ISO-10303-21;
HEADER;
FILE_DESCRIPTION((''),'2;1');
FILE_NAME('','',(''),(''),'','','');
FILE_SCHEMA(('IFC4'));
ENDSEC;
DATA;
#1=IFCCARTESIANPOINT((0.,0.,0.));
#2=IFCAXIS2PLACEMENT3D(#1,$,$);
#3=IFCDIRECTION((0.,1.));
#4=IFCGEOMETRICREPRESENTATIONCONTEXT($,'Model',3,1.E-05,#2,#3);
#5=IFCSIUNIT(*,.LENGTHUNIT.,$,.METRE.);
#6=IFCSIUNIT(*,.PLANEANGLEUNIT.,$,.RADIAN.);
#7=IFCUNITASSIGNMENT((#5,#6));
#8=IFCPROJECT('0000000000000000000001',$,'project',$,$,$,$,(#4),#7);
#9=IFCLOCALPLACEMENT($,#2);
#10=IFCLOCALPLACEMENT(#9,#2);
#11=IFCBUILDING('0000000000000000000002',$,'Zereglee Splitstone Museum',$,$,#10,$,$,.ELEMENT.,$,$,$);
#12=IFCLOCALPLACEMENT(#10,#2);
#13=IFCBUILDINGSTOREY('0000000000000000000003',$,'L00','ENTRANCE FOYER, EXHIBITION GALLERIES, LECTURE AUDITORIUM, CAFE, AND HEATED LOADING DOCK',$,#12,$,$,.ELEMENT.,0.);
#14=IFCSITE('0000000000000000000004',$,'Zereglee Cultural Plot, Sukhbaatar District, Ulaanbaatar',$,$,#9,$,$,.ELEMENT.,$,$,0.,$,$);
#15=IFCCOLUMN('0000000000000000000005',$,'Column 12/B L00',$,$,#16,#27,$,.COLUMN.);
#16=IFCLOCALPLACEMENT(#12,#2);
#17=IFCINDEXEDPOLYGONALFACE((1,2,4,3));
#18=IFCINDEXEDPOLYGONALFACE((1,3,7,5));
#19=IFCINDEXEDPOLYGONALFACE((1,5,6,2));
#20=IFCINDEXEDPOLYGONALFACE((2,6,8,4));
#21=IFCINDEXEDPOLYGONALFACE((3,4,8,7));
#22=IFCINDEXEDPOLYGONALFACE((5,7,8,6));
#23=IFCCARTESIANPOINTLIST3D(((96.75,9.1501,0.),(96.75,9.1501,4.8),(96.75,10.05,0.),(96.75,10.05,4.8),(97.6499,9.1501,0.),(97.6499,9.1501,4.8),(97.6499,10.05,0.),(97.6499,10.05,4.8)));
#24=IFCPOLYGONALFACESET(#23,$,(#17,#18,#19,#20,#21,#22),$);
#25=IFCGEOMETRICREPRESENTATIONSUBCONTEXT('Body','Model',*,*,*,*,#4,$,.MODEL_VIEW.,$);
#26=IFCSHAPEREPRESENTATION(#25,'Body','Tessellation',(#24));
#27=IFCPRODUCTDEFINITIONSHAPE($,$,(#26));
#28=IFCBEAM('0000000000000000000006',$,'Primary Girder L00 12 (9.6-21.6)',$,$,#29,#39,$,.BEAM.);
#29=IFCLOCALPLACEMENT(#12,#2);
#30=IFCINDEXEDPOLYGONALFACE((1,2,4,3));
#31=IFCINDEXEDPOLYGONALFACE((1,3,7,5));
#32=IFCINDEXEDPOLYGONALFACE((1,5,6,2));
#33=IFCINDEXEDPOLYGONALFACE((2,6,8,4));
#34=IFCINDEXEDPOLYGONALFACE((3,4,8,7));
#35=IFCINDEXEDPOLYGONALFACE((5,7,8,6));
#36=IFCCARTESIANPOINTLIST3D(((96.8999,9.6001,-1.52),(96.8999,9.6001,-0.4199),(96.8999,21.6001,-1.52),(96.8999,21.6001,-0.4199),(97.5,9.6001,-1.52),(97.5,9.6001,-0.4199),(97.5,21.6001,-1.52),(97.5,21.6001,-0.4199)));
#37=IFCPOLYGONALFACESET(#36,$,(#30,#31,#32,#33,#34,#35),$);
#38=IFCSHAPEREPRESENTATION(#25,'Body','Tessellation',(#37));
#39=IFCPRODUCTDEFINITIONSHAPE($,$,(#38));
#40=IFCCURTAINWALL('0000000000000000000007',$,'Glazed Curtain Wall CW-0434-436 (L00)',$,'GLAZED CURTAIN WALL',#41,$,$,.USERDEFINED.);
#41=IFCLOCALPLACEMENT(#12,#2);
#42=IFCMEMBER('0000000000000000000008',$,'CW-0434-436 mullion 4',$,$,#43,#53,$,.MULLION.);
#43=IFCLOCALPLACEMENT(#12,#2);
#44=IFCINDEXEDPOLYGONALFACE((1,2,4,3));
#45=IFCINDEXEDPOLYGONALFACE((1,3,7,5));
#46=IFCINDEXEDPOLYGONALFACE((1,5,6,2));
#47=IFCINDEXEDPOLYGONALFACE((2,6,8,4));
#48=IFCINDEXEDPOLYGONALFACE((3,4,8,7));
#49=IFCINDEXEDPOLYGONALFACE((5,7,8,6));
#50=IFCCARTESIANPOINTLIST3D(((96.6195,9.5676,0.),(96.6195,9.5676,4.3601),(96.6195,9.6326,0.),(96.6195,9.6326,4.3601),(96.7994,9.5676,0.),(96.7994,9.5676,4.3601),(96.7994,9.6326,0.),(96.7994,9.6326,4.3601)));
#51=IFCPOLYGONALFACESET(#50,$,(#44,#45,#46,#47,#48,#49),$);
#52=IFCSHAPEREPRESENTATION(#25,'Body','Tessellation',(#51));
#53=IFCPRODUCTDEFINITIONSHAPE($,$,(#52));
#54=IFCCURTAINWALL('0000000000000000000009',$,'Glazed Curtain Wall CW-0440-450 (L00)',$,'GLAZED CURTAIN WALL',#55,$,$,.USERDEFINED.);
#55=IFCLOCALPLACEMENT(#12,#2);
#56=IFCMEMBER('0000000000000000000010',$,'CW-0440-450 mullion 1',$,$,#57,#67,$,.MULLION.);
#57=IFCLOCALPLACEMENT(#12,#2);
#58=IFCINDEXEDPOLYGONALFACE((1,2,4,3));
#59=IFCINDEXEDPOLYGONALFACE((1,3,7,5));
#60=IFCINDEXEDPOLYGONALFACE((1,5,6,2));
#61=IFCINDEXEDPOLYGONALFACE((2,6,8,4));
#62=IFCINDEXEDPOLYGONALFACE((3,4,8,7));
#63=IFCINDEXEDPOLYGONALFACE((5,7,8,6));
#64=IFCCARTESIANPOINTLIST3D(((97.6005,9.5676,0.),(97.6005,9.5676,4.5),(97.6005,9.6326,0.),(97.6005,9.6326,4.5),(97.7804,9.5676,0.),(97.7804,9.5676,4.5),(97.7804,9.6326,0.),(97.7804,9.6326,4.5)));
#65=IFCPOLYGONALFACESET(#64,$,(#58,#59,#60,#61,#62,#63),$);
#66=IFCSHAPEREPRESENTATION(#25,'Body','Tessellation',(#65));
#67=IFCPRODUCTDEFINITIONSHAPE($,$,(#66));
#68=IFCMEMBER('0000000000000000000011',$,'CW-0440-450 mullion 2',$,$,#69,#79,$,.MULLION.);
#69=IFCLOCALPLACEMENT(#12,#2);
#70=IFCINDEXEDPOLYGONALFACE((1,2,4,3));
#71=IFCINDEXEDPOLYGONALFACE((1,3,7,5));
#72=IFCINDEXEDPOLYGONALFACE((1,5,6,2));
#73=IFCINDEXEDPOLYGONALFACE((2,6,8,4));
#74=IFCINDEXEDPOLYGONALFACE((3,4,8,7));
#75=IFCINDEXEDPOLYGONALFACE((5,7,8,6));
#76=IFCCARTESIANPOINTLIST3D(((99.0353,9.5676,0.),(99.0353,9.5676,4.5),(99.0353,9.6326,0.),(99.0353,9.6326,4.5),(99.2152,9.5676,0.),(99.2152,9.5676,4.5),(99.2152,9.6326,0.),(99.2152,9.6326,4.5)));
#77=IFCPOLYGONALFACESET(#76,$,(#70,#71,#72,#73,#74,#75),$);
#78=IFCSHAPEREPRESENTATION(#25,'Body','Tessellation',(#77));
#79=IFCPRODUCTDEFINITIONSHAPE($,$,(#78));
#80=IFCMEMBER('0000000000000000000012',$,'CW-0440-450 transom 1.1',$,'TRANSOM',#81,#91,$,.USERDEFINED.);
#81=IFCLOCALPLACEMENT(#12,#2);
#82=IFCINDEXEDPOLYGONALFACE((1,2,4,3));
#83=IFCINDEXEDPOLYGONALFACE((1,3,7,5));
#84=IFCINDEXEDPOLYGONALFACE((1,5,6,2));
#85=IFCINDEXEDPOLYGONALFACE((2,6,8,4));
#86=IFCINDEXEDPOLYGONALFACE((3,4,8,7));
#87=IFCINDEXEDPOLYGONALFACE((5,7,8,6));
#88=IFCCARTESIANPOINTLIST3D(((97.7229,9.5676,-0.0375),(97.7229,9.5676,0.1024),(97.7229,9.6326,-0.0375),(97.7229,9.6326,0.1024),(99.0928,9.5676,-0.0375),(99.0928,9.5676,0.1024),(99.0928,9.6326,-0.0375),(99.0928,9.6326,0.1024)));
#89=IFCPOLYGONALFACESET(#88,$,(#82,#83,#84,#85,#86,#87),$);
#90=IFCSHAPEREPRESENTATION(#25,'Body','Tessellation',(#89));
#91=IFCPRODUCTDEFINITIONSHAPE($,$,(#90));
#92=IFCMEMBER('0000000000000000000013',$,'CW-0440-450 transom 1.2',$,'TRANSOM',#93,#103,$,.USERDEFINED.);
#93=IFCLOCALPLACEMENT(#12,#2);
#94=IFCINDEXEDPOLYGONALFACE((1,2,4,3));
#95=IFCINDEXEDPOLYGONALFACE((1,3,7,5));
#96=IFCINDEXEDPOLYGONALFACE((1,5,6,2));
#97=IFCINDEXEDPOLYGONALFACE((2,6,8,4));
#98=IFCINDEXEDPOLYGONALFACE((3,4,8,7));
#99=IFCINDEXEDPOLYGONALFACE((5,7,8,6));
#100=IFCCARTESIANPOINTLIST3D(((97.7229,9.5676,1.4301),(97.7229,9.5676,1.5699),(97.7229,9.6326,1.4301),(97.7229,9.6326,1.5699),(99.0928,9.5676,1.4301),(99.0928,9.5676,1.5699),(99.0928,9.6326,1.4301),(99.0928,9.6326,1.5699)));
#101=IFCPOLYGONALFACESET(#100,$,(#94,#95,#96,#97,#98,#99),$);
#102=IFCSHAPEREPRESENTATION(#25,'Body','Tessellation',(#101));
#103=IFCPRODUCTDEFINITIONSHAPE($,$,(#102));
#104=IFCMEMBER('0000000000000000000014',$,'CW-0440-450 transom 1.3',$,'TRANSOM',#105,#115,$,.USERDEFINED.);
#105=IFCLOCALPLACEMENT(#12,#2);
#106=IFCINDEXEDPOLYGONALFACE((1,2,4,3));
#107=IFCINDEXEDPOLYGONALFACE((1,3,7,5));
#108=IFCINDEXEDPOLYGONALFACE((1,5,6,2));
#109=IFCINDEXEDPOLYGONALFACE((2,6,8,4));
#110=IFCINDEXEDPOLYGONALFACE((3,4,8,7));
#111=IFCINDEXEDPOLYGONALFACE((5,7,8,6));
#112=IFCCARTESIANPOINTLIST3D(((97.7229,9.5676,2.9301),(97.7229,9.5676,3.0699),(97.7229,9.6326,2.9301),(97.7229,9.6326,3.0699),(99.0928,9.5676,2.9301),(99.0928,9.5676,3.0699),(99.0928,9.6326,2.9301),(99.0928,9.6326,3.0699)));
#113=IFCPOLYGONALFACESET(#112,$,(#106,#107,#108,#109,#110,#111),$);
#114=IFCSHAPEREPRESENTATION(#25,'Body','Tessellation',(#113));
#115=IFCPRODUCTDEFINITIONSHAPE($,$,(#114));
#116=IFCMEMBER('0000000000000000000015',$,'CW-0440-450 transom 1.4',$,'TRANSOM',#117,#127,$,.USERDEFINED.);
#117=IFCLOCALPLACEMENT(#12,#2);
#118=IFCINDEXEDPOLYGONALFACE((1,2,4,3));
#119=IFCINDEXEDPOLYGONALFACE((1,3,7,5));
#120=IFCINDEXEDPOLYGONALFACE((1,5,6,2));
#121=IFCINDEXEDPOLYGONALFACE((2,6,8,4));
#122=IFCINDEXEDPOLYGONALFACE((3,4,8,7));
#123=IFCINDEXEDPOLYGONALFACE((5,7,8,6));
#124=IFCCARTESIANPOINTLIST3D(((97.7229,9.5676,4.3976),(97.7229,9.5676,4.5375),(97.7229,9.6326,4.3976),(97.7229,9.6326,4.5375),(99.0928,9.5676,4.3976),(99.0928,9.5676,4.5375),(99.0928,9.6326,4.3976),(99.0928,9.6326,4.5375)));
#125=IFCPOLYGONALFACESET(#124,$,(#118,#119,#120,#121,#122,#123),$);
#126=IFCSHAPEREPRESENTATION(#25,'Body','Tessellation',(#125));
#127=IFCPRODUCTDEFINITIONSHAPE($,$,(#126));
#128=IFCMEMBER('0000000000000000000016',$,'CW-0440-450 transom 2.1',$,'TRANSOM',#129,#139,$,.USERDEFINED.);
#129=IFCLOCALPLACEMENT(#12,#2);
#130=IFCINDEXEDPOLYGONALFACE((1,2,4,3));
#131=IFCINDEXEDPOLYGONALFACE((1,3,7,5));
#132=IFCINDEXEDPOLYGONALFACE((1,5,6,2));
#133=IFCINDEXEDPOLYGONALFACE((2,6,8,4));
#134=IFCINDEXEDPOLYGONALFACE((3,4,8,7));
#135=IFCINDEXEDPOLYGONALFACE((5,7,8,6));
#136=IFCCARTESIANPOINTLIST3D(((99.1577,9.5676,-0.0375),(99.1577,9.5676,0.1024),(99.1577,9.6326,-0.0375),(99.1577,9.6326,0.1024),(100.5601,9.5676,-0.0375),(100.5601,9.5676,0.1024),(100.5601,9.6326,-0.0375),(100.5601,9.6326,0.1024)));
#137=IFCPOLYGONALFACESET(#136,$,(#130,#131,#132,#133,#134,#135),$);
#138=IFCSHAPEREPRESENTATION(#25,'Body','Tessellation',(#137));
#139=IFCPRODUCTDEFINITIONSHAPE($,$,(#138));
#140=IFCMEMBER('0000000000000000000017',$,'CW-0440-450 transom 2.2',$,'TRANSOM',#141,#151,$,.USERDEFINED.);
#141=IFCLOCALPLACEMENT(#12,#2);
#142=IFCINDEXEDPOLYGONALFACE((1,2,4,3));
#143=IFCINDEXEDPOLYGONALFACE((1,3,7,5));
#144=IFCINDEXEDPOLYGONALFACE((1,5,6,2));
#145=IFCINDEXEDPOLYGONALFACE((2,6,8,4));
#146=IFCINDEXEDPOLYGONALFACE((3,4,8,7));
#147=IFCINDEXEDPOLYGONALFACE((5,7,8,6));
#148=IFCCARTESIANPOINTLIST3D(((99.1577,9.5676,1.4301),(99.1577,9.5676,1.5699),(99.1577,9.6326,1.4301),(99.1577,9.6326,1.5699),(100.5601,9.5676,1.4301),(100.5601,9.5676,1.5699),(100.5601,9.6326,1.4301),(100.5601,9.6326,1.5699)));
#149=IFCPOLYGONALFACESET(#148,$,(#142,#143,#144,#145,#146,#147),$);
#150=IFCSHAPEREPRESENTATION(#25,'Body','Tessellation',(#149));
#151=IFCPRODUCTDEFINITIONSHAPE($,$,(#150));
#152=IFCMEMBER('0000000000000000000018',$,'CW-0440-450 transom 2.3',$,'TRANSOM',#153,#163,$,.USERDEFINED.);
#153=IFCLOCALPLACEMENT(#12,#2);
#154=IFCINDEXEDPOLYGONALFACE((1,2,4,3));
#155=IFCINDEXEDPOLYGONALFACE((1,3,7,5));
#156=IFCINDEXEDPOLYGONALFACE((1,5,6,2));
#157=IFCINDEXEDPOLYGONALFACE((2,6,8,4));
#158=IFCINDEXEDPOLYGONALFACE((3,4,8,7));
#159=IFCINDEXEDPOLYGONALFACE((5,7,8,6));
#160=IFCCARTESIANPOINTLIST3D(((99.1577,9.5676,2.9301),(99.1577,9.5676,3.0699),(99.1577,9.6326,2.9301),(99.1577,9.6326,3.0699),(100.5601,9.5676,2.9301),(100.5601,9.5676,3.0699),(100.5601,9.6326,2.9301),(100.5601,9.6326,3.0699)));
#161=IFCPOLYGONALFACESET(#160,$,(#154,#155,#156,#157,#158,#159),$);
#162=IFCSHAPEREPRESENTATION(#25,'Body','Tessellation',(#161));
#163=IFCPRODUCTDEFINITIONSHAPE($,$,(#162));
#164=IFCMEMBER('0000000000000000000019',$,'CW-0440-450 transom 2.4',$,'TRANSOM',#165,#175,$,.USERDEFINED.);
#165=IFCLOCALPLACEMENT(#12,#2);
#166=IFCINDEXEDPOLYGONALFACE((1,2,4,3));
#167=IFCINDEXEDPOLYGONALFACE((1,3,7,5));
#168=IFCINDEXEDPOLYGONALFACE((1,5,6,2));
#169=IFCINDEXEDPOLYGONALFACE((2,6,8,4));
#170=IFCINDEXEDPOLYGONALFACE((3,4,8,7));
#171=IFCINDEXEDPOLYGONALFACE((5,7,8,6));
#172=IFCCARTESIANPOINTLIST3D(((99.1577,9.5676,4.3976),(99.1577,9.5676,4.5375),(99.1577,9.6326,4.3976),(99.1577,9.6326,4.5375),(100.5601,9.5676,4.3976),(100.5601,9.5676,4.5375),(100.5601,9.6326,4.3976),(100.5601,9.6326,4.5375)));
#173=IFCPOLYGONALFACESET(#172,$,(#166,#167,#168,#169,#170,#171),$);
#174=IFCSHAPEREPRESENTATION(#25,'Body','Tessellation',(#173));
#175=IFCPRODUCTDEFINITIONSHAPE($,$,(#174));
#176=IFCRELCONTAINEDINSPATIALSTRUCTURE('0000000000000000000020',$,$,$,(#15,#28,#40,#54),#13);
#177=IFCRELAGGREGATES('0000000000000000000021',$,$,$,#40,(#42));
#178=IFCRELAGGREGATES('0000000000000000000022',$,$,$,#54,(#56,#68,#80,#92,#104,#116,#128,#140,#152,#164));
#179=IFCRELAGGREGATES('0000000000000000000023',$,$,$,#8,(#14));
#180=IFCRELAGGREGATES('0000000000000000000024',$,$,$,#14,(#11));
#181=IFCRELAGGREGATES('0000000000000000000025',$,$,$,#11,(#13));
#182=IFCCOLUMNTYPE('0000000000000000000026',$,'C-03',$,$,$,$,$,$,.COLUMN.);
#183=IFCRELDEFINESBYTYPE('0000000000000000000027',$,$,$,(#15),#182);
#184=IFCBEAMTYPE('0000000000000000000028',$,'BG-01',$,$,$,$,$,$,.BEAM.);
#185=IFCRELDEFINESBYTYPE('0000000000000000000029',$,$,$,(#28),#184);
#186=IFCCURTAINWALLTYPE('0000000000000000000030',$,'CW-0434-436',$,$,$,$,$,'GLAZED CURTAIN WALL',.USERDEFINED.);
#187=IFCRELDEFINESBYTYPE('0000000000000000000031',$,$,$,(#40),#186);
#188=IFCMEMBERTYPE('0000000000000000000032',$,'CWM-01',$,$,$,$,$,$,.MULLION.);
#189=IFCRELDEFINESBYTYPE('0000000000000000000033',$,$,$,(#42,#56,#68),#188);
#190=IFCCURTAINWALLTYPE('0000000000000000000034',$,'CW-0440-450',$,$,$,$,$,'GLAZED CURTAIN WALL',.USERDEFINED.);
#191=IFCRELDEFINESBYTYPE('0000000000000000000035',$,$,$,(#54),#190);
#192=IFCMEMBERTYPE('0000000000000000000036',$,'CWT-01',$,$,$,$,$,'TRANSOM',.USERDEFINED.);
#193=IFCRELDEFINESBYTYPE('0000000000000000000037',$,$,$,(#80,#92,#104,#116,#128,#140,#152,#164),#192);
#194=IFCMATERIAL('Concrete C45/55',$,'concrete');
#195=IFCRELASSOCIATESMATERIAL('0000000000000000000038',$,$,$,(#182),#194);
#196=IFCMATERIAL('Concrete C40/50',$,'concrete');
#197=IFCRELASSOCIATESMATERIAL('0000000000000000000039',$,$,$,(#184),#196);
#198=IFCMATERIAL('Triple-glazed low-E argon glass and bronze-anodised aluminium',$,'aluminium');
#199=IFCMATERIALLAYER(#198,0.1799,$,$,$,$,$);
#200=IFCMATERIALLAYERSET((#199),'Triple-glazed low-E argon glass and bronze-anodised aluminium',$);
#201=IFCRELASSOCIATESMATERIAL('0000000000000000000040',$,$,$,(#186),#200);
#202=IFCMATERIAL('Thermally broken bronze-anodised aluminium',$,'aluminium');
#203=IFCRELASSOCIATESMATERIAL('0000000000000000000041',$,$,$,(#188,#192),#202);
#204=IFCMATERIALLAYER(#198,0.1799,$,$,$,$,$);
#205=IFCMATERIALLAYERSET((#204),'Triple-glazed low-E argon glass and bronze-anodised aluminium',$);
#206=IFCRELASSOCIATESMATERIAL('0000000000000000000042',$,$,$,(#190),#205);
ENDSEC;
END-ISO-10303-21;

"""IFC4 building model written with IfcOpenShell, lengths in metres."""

from ifc_helpers import new_model, si_unit, direction, frame, origin, origin_2d, place, context, subcontext, project, spatial, rectangle, extrude, material, layer, layer_set, material_profile, profile_set, type_object, element, aggregate, save


model = new_model("IFC4")

# Units and contexts
model_context = context("Model", 3, precision=1e-05, world=origin(), true_north=direction((0.0, 1.0)))
body_context = subcontext(model_context, "Body", "Model", "MODEL_VIEW")
ifc_project = project(units=[si_unit("LENGTHUNIT", "METRE"), si_unit("PLANEANGLEUNIT", "RADIAN")], contexts=[model_context])

# Site, building, storey
site_placement = place(None, origin())
site = spatial("IfcSite", under=ifc_project, at=site_placement, Name="Zereglee Cultural Plot, Sukhbaatar District, Ulaanbaatar", CompositionType="ELEMENT", RefElevation=0.0)
building_placement = place(site_placement, origin())
building = spatial("IfcBuilding", under=site, at=building_placement, Name="Zereglee Splitstone Museum", CompositionType="ELEMENT")
storey_placement = place(building_placement, origin())
storey = spatial("IfcBuildingStorey", under=building, at=storey_placement, Name="L00", Description="ENTRANCE FOYER, EXHIBITION GALLERIES, LECTURE AUDITORIUM, CAFE, AND HEATED LOADING DOCK", CompositionType="ELEMENT", Elevation=0.0)

# Column
ifc_material_1 = material(Name="Concrete C45/55", Category="concrete")
ifc_material_profile_1 = material_profile(ifc_material_1, rectangle(XDim=0.8999, YDim=0.8999, at=origin_2d()), Name="RC 900x900")
ifc_profile_set_1 = profile_set([ifc_material_profile_1], Name="Concrete C45/55")
column_type = type_object("IfcColumnType", Name="C-03", PredefinedType="COLUMN", material=ifc_profile_set_1)
column_placement = place(storey_placement, frame((97.2, 9.6001, 0.0), z_axis=(0.0, 0.0, 1.0), x_axis=(1.0, 0.0, 0.0)))
element("IfcColumn", 1, at=column_placement, inside=storey, type_object=column_type, Name="Column 12/B L00", PredefinedType="COLUMN", context=body_context, shape_type="SweptSolid", body=[
    extrude(rectangle(XDim=0.8999, YDim=0.8999, at=origin_2d()), origin(), (0.0, 0.0, 1.0), 4.8),
])

# Beam
ifc_material_2 = material(Name="Concrete C40/50", Category="concrete")
ifc_material_profile_2 = material_profile(ifc_material_2, rectangle(XDim=0.6001, YDim=1.1001, at=origin_2d()), Name="RC 600x1100")
ifc_profile_set_2 = profile_set([ifc_material_profile_2], Name="Concrete C40/50")
beam_type_1 = type_object("IfcBeamType", Name="BG-01", PredefinedType="BEAM", material=ifc_profile_set_2)
beam_1_placement = place(storey_placement, frame((97.2, 9.6001, -0.97), z_axis=(0.0, 1.0, 0.0), x_axis=(-1.0, 0.0, 0.0)))
element("IfcBeam", 2, at=beam_1_placement, inside=storey, type_object=beam_type_1, Name="Primary Girder L00 12 (9.6-21.6)", PredefinedType="BEAM", context=body_context, shape_type="SweptSolid", body=[
    extrude(rectangle(XDim=0.6001, YDim=1.1001, at=origin_2d()), origin(), (0.0, 0.0, 1.0), 12.0),
])

# Curtain wall, member
ifc_material_3 = material(Name="Triple-glazed low-E argon glass and bronze-anodised aluminium", Category="aluminium")
ifc_layer_1 = layer(ifc_material_3, 0.1799)
ifc_layer_set_1 = layer_set([ifc_layer_1], Name="Triple-glazed low-E argon glass and bronze-anodised aluminium")
curtain_wall_type_1 = type_object("IfcCurtainWallType", Name="CW-0434-436", ElementType="GLAZED CURTAIN WALL", PredefinedType="USERDEFINED", material=ifc_layer_set_1)
curtain_wall_1_placement = place(storey_placement, origin())
curtain_wall_1 = element("IfcCurtainWall", 3, at=curtain_wall_1_placement, inside=storey, type_object=curtain_wall_type_1, Name="Glazed Curtain Wall CW-0434-436 (L00)", ObjectType="GLAZED CURTAIN WALL", PredefinedType="USERDEFINED")
ifc_material_4 = material(Name="Thermally broken bronze-anodised aluminium", Category="aluminium")
ifc_material_profile_3 = material_profile(ifc_material_4, rectangle(XDim=0.0649, YDim=0.1799, at=origin_2d()), Name="CW MULL 65x180")
ifc_profile_set_3 = profile_set([ifc_material_profile_3], Name="Thermally broken bronze-anodised aluminium")
member_type_1 = type_object("IfcMemberType", Name="CWM-01", PredefinedType="MULLION", material=ifc_profile_set_3)
member_1_placement = place(storey_placement, frame((96.7095, 9.6001, 0.0), z_axis=(0.0, 0.0, 1.0), x_axis=(0.0, 1.0, 0.0)))
member_1 = element("IfcMember", 4, at=member_1_placement, type_object=member_type_1, Name="CW-0434-436 mullion 4", PredefinedType="MULLION", context=body_context, shape_type="SweptSolid", body=[
    extrude(rectangle(XDim=0.0649, YDim=0.1799, at=origin_2d()), origin(), (0.0, 0.0, 1.0), 4.3601),
])

# Curtain wall, members
ifc_layer_2 = layer(ifc_material_3, 0.1799)
ifc_layer_set_2 = layer_set([ifc_layer_2], Name="Triple-glazed low-E argon glass and bronze-anodised aluminium")
curtain_wall_type_2 = type_object("IfcCurtainWallType", Name="CW-0440-450", ElementType="GLAZED CURTAIN WALL", PredefinedType="USERDEFINED", material=ifc_layer_set_2)
curtain_wall_2_placement = place(storey_placement, origin())
curtain_wall_2 = element("IfcCurtainWall", 5, at=curtain_wall_2_placement, inside=storey, type_object=curtain_wall_type_2, Name="Glazed Curtain Wall CW-0440-450 (L00)", ObjectType="GLAZED CURTAIN WALL", PredefinedType="USERDEFINED")
member_2_placement = place(storey_placement, frame((97.6904, 9.6001, 0.0), z_axis=(0.0, 0.0, 1.0), x_axis=(0.0, 1.0, 0.0)))
member_2 = element("IfcMember", 6, at=member_2_placement, type_object=member_type_1, Name="CW-0440-450 mullion 1", PredefinedType="MULLION", context=body_context, shape_type="SweptSolid", body=[
    extrude(rectangle(XDim=0.0649, YDim=0.1799, at=origin_2d()), origin(), (0.0, 0.0, 1.0), 4.5),
])
member_3_placement = place(storey_placement, frame((99.1252, 9.6001, 0.0), z_axis=(0.0, 0.0, 1.0), x_axis=(0.0, 1.0, 0.0)))
member_3 = element("IfcMember", 7, at=member_3_placement, type_object=member_type_1, Name="CW-0440-450 mullion 2", PredefinedType="MULLION", context=body_context, shape_type="SweptSolid", body=[
    extrude(rectangle(XDim=0.0649, YDim=0.1799, at=origin_2d()), origin(), (0.0, 0.0, 1.0), 4.5),
])
ifc_material_profile_4 = material_profile(ifc_material_4, rectangle(XDim=0.0649, YDim=0.1399, at=origin_2d()), Name="CW TRAN 65x140")
ifc_profile_set_4 = profile_set([ifc_material_profile_4], Name="Thermally broken bronze-anodised aluminium")
member_type_2 = type_object("IfcMemberType", Name="CWT-01", ElementType="TRANSOM", PredefinedType="USERDEFINED", material=ifc_profile_set_4)
member_4_placement = place(storey_placement, frame((97.7229, 9.6001, 0.0325), z_axis=(1.0, 0.0, 0.0), x_axis=(0.0, 1.0, 0.0)))
member_4 = element("IfcMember", 8, at=member_4_placement, type_object=member_type_2, Name="CW-0440-450 transom 1.1", ObjectType="TRANSOM", PredefinedType="USERDEFINED", context=body_context, shape_type="SweptSolid", body=[
    extrude(rectangle(XDim=0.0649, YDim=0.1399, at=origin_2d()), origin(), (0.0, 0.0, 1.0), 1.3699),
])
member_5_placement = place(storey_placement, frame((97.7229, 9.6001, 1.5), z_axis=(1.0, 0.0, 0.0), x_axis=(0.0, 1.0, 0.0)))
member_5 = element("IfcMember", 9, at=member_5_placement, type_object=member_type_2, Name="CW-0440-450 transom 1.2", ObjectType="TRANSOM", PredefinedType="USERDEFINED", context=body_context, shape_type="SweptSolid", body=[
    extrude(rectangle(XDim=0.0649, YDim=0.1399, at=origin_2d()), origin(), (0.0, 0.0, 1.0), 1.3699),
])
member_6_placement = place(storey_placement, frame((97.7229, 9.6001, 3.0), z_axis=(1.0, 0.0, 0.0), x_axis=(0.0, 1.0, 0.0)))
member_6 = element("IfcMember", 10, at=member_6_placement, type_object=member_type_2, Name="CW-0440-450 transom 1.3", ObjectType="TRANSOM", PredefinedType="USERDEFINED", context=body_context, shape_type="SweptSolid", body=[
    extrude(rectangle(XDim=0.0649, YDim=0.1399, at=origin_2d()), origin(), (0.0, 0.0, 1.0), 1.3699),
])
member_7_placement = place(storey_placement, frame((97.7229, 9.6001, 4.4675), z_axis=(1.0, 0.0, 0.0), x_axis=(0.0, 1.0, 0.0)))
member_7 = element("IfcMember", 11, at=member_7_placement, type_object=member_type_2, Name="CW-0440-450 transom 1.4", ObjectType="TRANSOM", PredefinedType="USERDEFINED", context=body_context, shape_type="SweptSolid", body=[
    extrude(rectangle(XDim=0.0649, YDim=0.1399, at=origin_2d()), origin(), (0.0, 0.0, 1.0), 1.3699),
])
member_8_placement = place(storey_placement, frame((99.1577, 9.6001, 0.0325), z_axis=(1.0, 0.0, 0.0), x_axis=(0.0, 1.0, 0.0)))
member_8 = element("IfcMember", 12, at=member_8_placement, type_object=member_type_2, Name="CW-0440-450 transom 2.1", ObjectType="TRANSOM", PredefinedType="USERDEFINED", context=body_context, shape_type="SweptSolid", body=[
    extrude(rectangle(XDim=0.0649, YDim=0.1399, at=origin_2d()), origin(), (0.0, 0.0, 1.0), 1.4023),
])
member_9_placement = place(storey_placement, frame((99.1577, 9.6001, 1.5), z_axis=(1.0, 0.0, 0.0), x_axis=(0.0, 1.0, 0.0)))
member_9 = element("IfcMember", 13, at=member_9_placement, type_object=member_type_2, Name="CW-0440-450 transom 2.2", ObjectType="TRANSOM", PredefinedType="USERDEFINED", context=body_context, shape_type="SweptSolid", body=[
    extrude(rectangle(XDim=0.0649, YDim=0.1399, at=origin_2d()), origin(), (0.0, 0.0, 1.0), 1.4023),
])
member_10_placement = place(storey_placement, frame((99.1577, 9.6001, 3.0), z_axis=(1.0, 0.0, 0.0), x_axis=(0.0, 1.0, 0.0)))
member_10 = element("IfcMember", 14, at=member_10_placement, type_object=member_type_2, Name="CW-0440-450 transom 2.3", ObjectType="TRANSOM", PredefinedType="USERDEFINED", context=body_context, shape_type="SweptSolid", body=[
    extrude(rectangle(XDim=0.0649, YDim=0.1399, at=origin_2d()), origin(), (0.0, 0.0, 1.0), 1.4023),
])
member_11_placement = place(storey_placement, frame((99.1577, 9.6001, 4.4675), z_axis=(1.0, 0.0, 0.0), x_axis=(0.0, 1.0, 0.0)))
member_11 = element("IfcMember", 15, at=member_11_placement, type_object=member_type_2, Name="CW-0440-450 transom 2.4", ObjectType="TRANSOM", PredefinedType="USERDEFINED", context=body_context, shape_type="SweptSolid", body=[
    extrude(rectangle(XDim=0.0649, YDim=0.1399, at=origin_2d()), origin(), (0.0, 0.0, 1.0), 1.4023),
])

aggregate(curtain_wall_1, [member_1])
aggregate(curtain_wall_2, [member_2, member_3, member_4, member_5, member_6, member_7, member_8, member_9, member_10, member_11])

save(model, "model.ifc")
